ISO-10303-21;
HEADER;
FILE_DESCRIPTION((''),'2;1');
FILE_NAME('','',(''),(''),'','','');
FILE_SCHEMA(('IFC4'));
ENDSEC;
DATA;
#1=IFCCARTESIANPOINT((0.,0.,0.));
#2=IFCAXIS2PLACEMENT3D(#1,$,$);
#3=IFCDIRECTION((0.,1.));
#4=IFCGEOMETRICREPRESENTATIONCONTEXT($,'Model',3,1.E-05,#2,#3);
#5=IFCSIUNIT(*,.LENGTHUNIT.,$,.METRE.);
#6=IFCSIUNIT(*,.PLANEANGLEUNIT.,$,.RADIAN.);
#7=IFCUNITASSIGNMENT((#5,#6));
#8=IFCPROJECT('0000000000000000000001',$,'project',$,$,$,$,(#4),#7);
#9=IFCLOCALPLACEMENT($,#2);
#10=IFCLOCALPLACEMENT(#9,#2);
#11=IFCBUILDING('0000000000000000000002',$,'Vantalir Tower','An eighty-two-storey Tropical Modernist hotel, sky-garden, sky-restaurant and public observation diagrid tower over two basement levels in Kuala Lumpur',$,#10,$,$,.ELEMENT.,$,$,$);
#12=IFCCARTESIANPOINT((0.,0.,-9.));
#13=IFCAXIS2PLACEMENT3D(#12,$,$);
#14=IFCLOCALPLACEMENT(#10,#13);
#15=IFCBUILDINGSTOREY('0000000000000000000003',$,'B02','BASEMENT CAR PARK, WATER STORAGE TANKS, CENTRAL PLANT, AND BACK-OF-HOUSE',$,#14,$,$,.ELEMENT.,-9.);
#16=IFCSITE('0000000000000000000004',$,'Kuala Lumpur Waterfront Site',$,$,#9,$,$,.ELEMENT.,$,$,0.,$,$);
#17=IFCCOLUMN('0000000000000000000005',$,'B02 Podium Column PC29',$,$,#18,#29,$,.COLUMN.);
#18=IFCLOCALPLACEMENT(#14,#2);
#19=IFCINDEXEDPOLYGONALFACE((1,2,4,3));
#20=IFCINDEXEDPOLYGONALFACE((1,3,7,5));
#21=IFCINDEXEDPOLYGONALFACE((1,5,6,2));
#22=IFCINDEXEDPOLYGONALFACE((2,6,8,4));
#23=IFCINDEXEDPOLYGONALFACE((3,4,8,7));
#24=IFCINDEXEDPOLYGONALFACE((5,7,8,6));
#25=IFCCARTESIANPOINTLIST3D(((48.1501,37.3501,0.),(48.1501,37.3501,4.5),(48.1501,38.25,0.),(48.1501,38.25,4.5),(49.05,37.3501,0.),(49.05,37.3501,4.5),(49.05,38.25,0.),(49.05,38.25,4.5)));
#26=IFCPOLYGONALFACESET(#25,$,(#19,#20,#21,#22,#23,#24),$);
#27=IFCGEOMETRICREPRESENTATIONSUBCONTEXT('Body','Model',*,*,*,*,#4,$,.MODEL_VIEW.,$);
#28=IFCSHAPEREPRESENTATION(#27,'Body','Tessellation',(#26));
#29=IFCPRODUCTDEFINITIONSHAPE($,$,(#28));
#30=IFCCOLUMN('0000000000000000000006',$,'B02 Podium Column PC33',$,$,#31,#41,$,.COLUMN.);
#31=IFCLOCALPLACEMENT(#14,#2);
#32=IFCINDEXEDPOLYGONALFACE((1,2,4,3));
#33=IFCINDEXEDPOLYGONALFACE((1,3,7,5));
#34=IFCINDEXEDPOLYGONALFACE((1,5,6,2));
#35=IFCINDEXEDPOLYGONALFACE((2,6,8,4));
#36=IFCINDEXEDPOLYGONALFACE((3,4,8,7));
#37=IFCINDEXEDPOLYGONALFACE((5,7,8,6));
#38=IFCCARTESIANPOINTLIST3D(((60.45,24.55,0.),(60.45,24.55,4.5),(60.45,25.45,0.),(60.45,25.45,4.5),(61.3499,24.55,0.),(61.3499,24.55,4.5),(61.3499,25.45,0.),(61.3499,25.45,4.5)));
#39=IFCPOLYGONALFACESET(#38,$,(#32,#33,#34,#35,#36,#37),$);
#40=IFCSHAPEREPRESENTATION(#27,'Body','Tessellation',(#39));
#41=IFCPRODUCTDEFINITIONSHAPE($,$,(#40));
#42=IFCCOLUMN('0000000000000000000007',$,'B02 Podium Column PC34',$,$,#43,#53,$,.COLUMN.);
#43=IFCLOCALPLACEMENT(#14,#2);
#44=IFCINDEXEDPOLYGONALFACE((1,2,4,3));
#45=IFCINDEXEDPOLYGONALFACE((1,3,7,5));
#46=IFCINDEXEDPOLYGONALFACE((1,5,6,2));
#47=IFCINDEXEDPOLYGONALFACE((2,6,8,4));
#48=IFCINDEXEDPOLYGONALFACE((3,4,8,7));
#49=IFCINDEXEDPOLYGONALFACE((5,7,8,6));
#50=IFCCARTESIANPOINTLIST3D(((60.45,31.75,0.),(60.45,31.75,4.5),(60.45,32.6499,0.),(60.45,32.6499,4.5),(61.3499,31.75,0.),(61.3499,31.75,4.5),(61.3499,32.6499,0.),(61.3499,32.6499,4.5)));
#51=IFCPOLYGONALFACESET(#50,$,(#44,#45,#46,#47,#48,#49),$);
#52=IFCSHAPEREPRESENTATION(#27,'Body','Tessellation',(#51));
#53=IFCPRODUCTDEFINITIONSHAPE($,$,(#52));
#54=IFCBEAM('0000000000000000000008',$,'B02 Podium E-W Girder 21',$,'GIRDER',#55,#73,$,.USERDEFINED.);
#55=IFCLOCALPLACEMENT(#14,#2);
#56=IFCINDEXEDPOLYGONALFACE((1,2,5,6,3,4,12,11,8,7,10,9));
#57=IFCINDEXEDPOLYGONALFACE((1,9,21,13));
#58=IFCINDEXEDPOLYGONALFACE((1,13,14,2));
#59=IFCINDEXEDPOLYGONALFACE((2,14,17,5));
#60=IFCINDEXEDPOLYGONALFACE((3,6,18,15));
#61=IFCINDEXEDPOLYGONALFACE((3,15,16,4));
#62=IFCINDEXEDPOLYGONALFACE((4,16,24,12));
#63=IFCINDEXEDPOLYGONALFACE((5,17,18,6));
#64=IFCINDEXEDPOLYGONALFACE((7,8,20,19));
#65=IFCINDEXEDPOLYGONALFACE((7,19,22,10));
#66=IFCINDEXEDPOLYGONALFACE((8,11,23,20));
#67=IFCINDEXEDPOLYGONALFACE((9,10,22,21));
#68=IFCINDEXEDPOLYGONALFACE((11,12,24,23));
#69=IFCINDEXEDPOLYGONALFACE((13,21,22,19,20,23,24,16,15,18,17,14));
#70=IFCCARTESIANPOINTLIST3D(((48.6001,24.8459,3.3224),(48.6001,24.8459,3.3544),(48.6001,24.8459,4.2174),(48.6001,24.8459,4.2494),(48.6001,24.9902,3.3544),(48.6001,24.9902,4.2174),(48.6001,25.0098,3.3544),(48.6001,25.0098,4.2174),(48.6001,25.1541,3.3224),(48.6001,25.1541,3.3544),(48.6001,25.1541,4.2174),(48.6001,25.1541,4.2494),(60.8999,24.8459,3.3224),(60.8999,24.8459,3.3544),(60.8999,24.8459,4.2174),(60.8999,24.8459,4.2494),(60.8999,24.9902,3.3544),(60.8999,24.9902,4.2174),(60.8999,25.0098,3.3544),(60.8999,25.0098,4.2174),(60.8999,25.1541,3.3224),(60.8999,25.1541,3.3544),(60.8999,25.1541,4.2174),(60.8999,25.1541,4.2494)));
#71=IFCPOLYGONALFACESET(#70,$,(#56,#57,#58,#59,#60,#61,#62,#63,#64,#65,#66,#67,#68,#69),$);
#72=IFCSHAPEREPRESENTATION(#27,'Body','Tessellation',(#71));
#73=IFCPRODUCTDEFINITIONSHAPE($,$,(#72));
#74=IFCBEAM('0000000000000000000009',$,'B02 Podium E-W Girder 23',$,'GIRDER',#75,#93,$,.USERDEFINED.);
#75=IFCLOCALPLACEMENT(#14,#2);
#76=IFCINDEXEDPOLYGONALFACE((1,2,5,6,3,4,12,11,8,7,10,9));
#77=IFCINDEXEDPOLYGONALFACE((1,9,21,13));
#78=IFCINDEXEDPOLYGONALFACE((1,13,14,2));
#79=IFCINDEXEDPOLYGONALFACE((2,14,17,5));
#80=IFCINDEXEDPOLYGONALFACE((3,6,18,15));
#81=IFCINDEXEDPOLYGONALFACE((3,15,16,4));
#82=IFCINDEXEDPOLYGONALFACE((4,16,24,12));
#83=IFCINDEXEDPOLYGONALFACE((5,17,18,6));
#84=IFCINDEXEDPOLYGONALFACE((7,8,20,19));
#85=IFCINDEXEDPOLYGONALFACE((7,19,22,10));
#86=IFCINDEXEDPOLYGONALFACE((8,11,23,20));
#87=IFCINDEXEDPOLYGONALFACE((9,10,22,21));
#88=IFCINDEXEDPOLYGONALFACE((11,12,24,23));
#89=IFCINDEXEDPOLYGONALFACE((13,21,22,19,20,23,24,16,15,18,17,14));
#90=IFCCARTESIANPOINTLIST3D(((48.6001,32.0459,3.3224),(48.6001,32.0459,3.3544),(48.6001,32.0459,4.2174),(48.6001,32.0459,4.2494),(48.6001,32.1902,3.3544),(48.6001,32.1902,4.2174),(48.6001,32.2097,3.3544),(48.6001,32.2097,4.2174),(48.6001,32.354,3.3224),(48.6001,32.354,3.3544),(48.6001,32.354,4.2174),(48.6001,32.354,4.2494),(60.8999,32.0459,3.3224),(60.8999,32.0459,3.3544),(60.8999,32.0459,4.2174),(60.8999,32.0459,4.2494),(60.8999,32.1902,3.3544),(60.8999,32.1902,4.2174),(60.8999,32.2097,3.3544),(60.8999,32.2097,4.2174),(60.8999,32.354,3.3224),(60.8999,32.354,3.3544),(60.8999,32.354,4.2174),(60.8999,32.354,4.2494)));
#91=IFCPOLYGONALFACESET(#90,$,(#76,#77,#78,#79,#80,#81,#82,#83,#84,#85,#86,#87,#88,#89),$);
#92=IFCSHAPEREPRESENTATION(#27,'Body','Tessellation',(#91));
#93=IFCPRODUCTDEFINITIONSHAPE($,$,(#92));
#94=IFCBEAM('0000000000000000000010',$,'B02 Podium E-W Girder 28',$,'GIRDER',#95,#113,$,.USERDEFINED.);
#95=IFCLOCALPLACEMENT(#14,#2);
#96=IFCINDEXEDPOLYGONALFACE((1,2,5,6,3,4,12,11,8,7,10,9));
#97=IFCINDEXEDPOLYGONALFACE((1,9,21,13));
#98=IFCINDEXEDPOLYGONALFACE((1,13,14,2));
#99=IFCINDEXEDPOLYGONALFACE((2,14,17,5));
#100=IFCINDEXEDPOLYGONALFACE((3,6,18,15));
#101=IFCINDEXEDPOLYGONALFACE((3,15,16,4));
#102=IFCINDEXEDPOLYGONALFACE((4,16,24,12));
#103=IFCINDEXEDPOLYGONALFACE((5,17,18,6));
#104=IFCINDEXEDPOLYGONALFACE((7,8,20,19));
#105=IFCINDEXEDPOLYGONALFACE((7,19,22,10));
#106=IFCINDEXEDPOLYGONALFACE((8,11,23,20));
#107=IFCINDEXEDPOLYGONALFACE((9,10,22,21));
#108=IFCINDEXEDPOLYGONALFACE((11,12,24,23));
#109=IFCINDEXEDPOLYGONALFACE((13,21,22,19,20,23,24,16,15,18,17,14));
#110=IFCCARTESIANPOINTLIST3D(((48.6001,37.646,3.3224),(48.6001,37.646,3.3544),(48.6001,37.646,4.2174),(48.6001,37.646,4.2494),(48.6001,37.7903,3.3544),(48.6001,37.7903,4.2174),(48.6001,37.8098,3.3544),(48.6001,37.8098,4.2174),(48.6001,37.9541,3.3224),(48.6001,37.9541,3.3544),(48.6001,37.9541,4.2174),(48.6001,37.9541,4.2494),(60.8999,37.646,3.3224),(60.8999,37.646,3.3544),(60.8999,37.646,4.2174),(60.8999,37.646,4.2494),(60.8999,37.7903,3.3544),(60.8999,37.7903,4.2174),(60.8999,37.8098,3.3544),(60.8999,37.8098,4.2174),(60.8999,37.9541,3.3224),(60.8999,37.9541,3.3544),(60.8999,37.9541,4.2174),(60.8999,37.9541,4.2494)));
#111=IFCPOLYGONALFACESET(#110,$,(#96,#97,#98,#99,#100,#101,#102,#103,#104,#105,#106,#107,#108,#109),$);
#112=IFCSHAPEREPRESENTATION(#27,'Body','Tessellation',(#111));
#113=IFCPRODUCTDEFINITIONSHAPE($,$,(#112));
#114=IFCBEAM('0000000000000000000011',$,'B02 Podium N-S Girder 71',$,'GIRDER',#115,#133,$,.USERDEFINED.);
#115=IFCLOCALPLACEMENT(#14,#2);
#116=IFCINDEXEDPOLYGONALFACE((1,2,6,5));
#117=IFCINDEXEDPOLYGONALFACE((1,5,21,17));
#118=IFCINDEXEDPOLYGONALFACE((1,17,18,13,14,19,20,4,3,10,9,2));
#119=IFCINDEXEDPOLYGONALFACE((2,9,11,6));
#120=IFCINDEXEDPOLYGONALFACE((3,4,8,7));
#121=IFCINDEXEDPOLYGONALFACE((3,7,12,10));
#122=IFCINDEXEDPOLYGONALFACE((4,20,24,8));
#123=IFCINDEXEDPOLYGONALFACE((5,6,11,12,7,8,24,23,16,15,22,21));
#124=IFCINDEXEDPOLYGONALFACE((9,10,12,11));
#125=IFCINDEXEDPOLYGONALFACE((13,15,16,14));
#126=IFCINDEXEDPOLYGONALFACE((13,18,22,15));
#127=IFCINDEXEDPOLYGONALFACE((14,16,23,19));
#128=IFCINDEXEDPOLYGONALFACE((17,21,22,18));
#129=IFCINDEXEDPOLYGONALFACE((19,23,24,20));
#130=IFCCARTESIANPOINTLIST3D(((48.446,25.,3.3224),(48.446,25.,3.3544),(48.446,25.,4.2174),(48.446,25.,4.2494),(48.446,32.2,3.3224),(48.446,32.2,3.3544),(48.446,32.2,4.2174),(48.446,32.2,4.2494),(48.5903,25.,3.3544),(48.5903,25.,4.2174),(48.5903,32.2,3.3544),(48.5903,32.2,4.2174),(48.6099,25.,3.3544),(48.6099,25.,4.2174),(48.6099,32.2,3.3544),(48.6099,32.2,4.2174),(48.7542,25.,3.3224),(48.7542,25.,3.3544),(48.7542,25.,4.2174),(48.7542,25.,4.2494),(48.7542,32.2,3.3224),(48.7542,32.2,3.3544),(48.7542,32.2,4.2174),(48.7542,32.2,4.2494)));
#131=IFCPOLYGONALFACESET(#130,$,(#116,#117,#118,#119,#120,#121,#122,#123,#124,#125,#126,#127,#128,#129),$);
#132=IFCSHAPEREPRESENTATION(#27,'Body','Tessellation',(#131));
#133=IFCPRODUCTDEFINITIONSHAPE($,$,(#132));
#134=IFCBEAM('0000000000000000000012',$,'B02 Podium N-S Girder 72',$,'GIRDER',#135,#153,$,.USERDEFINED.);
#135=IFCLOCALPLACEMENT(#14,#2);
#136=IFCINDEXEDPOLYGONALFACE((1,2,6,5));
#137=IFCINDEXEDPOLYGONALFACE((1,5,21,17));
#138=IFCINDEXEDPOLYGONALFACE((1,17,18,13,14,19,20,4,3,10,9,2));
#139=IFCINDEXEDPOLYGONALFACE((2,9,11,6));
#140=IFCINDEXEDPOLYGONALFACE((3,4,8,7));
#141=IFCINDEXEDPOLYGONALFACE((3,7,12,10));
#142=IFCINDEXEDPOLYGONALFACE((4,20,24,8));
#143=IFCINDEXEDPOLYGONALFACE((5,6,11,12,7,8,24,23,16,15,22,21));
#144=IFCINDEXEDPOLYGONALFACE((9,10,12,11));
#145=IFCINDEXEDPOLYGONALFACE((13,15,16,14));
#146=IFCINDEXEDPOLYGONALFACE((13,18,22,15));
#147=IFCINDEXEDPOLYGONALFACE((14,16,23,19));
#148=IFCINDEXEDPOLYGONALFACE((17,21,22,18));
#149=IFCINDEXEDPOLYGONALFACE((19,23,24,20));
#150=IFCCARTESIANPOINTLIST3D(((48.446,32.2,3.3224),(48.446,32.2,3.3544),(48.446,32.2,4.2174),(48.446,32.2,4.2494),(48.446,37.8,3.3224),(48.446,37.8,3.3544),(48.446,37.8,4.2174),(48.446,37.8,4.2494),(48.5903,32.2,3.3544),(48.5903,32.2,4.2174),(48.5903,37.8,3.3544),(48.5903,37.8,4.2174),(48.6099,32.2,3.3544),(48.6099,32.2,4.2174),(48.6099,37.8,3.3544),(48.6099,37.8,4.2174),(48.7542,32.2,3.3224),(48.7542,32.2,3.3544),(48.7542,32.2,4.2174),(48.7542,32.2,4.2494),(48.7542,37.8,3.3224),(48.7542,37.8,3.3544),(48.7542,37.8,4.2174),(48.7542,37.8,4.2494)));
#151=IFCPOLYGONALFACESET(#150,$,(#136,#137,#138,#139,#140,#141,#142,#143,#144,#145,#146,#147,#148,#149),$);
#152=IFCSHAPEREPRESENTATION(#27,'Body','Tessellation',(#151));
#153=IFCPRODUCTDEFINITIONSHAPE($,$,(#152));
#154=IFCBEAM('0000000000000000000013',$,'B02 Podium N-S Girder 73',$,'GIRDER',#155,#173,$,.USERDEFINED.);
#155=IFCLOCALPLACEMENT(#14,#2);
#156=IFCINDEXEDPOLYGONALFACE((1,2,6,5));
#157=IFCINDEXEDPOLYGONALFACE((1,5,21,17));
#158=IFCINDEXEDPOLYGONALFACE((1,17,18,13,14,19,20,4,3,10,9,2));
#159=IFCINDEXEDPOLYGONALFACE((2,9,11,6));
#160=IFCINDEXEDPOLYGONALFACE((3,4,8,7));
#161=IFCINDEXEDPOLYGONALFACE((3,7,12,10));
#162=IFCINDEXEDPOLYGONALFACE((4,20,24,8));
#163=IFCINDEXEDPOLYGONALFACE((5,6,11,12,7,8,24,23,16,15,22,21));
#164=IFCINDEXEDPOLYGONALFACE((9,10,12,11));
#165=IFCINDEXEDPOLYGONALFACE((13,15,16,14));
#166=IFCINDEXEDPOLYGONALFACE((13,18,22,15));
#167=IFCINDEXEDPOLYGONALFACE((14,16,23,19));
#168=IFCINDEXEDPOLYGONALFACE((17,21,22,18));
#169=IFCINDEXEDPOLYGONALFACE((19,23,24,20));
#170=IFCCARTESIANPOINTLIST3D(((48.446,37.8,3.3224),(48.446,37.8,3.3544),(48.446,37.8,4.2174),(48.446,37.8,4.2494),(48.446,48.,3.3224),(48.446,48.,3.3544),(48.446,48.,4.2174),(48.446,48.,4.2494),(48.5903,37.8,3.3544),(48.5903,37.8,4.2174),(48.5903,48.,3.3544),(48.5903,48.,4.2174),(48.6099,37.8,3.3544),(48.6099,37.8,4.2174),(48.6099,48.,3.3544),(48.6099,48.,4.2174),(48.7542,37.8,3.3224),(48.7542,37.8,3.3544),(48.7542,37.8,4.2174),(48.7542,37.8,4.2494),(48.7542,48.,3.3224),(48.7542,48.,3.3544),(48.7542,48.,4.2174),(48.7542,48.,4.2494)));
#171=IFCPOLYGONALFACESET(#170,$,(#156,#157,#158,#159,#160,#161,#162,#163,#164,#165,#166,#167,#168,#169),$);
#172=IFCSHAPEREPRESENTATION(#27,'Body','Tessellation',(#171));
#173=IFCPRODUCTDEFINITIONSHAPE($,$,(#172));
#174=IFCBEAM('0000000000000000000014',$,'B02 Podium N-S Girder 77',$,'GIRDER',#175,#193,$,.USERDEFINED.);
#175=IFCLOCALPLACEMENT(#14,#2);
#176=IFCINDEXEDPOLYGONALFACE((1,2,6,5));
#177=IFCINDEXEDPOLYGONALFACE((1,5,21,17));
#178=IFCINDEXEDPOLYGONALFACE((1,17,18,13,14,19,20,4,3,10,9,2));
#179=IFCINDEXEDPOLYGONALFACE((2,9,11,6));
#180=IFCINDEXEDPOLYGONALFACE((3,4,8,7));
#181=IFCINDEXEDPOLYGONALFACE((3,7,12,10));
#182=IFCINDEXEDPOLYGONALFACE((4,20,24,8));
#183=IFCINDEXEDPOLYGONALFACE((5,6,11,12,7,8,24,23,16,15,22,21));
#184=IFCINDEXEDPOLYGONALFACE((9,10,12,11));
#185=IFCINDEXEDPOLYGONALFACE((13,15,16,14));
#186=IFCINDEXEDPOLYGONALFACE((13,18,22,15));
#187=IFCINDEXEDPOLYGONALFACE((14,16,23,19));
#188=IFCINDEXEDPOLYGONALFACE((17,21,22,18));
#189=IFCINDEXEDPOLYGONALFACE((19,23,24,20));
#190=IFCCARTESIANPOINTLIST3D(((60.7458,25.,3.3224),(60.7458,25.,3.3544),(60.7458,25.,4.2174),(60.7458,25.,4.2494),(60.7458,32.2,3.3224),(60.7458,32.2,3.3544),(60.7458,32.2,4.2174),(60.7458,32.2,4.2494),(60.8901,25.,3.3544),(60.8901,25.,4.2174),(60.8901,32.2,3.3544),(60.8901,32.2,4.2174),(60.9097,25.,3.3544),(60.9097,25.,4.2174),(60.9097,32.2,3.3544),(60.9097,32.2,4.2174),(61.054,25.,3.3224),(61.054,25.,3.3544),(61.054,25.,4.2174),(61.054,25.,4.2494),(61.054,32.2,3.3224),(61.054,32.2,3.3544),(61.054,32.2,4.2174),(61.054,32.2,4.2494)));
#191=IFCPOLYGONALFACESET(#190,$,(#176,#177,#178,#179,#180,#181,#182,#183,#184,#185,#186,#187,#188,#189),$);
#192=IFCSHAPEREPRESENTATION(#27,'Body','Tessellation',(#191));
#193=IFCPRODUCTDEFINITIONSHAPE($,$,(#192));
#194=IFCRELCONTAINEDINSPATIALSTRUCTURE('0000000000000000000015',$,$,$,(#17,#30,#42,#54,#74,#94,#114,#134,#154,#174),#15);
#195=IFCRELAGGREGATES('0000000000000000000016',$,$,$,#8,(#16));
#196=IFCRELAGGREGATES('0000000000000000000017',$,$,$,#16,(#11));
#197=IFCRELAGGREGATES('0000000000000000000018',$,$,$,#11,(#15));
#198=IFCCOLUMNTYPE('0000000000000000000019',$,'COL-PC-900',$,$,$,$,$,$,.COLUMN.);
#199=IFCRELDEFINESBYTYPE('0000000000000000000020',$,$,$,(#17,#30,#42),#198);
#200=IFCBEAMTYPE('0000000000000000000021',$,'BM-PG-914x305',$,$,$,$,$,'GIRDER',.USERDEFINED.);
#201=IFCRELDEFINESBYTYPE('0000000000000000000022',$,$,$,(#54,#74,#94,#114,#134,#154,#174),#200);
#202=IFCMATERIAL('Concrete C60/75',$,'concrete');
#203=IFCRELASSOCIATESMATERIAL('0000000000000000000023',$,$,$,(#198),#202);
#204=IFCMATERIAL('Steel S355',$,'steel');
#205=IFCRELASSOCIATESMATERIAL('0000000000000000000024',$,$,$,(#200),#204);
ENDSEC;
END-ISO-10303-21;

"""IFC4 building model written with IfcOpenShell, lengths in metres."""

from ifc_helpers import new_model, si_unit, direction, frame, origin, origin_2d, place, context, subcontext, project, spatial, rectangle, i_section, extrude, material, material_profile, profile_set, type_object, element, save


model = new_model("IFC4")

# Units and contexts
model_context = context("Model", 3, precision=1e-05, world=origin(), true_north=direction((0.0, 1.0)))
body_context = subcontext(model_context, "Body", "Model", "MODEL_VIEW")
ifc_project = project(units=[si_unit("LENGTHUNIT", "METRE"), si_unit("PLANEANGLEUNIT", "RADIAN")], contexts=[model_context])

# Site, building, storey
site_placement = place(None, origin())
site = spatial("IfcSite", under=ifc_project, at=site_placement, Name="Kuala Lumpur Waterfront Site", CompositionType="ELEMENT", RefElevation=0.0)
building_placement = place(site_placement, origin())
building = spatial("IfcBuilding", under=site, at=building_placement, Name="Vantalir Tower", Description="An eighty-two-storey Tropical Modernist hotel, sky-garden, sky-restaurant and public observation diagrid tower over two basement levels in Kuala Lumpur", CompositionType="ELEMENT")
storey_placement = place(building_placement, frame((0.0, 0.0, -9.0)))
storey = spatial("IfcBuildingStorey", under=building, at=storey_placement, Name="B02", Description="BASEMENT CAR PARK, WATER STORAGE TANKS, CENTRAL PLANT, AND BACK-OF-HOUSE", CompositionType="ELEMENT", Elevation=-9.0)

# Columns
ifc_material_1 = material(Name="Concrete C60/75", Category="concrete")
ifc_material_profile_1 = material_profile(ifc_material_1, rectangle(XDim=0.8999, YDim=0.8999, at=origin_2d()), Name="Concrete C60/75")
ifc_profile_set_1 = profile_set([ifc_material_profile_1], Name="Concrete C60/75")
column_type_1 = type_object("IfcColumnType", Name="COL-PC-900", PredefinedType="COLUMN", material=ifc_profile_set_1)
for number, where, z_axis, x_axis, name in (
    (1, (48.6001, 37.8, 0.0), (0.0, 0.0, 1.0), (1.0, 0.0, 0.0), "B02 Podium Column PC29"),
    (2, (60.8999, 25.0, 0.0), (0.0, 0.0, 1.0), (1.0, 0.0, 0.0), "B02 Podium Column PC33"),
    (3, (60.8999, 32.2, 0.0), (0.0, 0.0, 1.0), (1.0, 0.0, 0.0), "B02 Podium Column PC34"),
):
    element("IfcColumn", number, at=place(storey_placement, frame(where, z_axis=z_axis, x_axis=x_axis)), inside=storey, type_object=column_type_1, Name=name, PredefinedType="COLUMN", context=body_context, shape_type="SweptSolid", body=[
        extrude(rectangle(XDim=0.8999, YDim=0.8999, at=origin_2d()), origin(), (0.0, 0.0, 1.0), 4.5),
    ])

# Beams
ifc_material_2 = material(Name="Steel S355", Category="steel")
ifc_material_profile_2 = material_profile(ifc_material_2, i_section(OverallWidth=0.3081, OverallDepth=0.927, WebThickness=0.0195, FlangeThickness=0.032, at=origin_2d()), Name="Steel S355")
ifc_profile_set_2 = profile_set([ifc_material_profile_2], Name="Steel S355")
beam_type = type_object("IfcBeamType", Name="BM-PG-914x305", ElementType="GIRDER", PredefinedType="USERDEFINED", material=ifc_profile_set_2)
for number, where, z_axis, x_axis, name in (
    (4, (48.6001, 25.0, 3.7859), (1.0, 0.0, 0.0), (0.0, 1.0, 0.0), "B02 Podium E-W Girder 21"),
    (5, (48.6001, 32.2, 3.7859), (1.0, 0.0, 0.0), (0.0, 1.0, 0.0), "B02 Podium E-W Girder 23"),
    (6, (48.6001, 37.8, 3.7859), (1.0, 0.0, 0.0), (0.0, 1.0, 0.0), "B02 Podium E-W Girder 28"),
):
    element("IfcBeam", number, at=place(storey_placement, frame(where, z_axis=z_axis, x_axis=x_axis)), inside=storey, type_object=beam_type, Name=name, ObjectType="GIRDER", PredefinedType="USERDEFINED", context=body_context, shape_type="SweptSolid", body=[
        extrude(i_section(OverallWidth=0.3081, OverallDepth=0.927, WebThickness=0.0195, FlangeThickness=0.032, at=origin_2d()), origin(), (0.0, 0.0, 1.0), 12.2998),
    ])
beam_1_placement = place(storey_placement, frame((48.6001, 25.0, 3.7859), z_axis=(0.0, 1.0, 0.0), x_axis=(-1.0, 0.0, 0.0)))
element("IfcBeam", 7, at=beam_1_placement, inside=storey, type_object=beam_type, Name="B02 Podium N-S Girder 71", ObjectType="GIRDER", PredefinedType="USERDEFINED", context=body_context, shape_type="SweptSolid", body=[
    extrude(i_section(OverallWidth=0.3081, OverallDepth=0.927, WebThickness=0.0195, FlangeThickness=0.032, at=origin_2d()), origin(), (0.0, 0.0, 1.0), 7.2),
])
beam_2_placement = place(storey_placement, frame((48.6001, 32.2, 3.7859), z_axis=(0.0, 1.0, 0.0), x_axis=(-1.0, 0.0, 0.0)))
element("IfcBeam", 8, at=beam_2_placement, inside=storey, type_object=beam_type, Name="B02 Podium N-S Girder 72", ObjectType="GIRDER", PredefinedType="USERDEFINED", context=body_context, shape_type="SweptSolid", body=[
    extrude(i_section(OverallWidth=0.3081, OverallDepth=0.927, WebThickness=0.0195, FlangeThickness=0.032, at=origin_2d()), origin(), (0.0, 0.0, 1.0), 5.6001),
])
beam_3_placement = place(storey_placement, frame((48.6001, 37.8, 3.7859), z_axis=(0.0, 1.0, 0.0), x_axis=(-1.0, 0.0, 0.0)))
element("IfcBeam", 9, at=beam_3_placement, inside=storey, type_object=beam_type, Name="B02 Podium N-S Girder 73", ObjectType="GIRDER", PredefinedType="USERDEFINED", context=body_context, shape_type="SweptSolid", body=[
    extrude(i_section(OverallWidth=0.3081, OverallDepth=0.927, WebThickness=0.0195, FlangeThickness=0.032, at=origin_2d()), origin(), (0.0, 0.0, 1.0), 10.2),
])
beam_4_placement = place(storey_placement, frame((60.8999, 25.0, 3.7859), z_axis=(0.0, 1.0, 0.0), x_axis=(-1.0, 0.0, 0.0)))
element("IfcBeam", 10, at=beam_4_placement, inside=storey, type_object=beam_type, Name="B02 Podium N-S Girder 77", ObjectType="GIRDER", PredefinedType="USERDEFINED", context=body_context, shape_type="SweptSolid", body=[
    extrude(i_section(OverallWidth=0.3081, OverallDepth=0.927, WebThickness=0.0195, FlangeThickness=0.032, at=origin_2d()), origin(), (0.0, 0.0, 1.0), 7.2),
])

save(model, "model.ifc")
